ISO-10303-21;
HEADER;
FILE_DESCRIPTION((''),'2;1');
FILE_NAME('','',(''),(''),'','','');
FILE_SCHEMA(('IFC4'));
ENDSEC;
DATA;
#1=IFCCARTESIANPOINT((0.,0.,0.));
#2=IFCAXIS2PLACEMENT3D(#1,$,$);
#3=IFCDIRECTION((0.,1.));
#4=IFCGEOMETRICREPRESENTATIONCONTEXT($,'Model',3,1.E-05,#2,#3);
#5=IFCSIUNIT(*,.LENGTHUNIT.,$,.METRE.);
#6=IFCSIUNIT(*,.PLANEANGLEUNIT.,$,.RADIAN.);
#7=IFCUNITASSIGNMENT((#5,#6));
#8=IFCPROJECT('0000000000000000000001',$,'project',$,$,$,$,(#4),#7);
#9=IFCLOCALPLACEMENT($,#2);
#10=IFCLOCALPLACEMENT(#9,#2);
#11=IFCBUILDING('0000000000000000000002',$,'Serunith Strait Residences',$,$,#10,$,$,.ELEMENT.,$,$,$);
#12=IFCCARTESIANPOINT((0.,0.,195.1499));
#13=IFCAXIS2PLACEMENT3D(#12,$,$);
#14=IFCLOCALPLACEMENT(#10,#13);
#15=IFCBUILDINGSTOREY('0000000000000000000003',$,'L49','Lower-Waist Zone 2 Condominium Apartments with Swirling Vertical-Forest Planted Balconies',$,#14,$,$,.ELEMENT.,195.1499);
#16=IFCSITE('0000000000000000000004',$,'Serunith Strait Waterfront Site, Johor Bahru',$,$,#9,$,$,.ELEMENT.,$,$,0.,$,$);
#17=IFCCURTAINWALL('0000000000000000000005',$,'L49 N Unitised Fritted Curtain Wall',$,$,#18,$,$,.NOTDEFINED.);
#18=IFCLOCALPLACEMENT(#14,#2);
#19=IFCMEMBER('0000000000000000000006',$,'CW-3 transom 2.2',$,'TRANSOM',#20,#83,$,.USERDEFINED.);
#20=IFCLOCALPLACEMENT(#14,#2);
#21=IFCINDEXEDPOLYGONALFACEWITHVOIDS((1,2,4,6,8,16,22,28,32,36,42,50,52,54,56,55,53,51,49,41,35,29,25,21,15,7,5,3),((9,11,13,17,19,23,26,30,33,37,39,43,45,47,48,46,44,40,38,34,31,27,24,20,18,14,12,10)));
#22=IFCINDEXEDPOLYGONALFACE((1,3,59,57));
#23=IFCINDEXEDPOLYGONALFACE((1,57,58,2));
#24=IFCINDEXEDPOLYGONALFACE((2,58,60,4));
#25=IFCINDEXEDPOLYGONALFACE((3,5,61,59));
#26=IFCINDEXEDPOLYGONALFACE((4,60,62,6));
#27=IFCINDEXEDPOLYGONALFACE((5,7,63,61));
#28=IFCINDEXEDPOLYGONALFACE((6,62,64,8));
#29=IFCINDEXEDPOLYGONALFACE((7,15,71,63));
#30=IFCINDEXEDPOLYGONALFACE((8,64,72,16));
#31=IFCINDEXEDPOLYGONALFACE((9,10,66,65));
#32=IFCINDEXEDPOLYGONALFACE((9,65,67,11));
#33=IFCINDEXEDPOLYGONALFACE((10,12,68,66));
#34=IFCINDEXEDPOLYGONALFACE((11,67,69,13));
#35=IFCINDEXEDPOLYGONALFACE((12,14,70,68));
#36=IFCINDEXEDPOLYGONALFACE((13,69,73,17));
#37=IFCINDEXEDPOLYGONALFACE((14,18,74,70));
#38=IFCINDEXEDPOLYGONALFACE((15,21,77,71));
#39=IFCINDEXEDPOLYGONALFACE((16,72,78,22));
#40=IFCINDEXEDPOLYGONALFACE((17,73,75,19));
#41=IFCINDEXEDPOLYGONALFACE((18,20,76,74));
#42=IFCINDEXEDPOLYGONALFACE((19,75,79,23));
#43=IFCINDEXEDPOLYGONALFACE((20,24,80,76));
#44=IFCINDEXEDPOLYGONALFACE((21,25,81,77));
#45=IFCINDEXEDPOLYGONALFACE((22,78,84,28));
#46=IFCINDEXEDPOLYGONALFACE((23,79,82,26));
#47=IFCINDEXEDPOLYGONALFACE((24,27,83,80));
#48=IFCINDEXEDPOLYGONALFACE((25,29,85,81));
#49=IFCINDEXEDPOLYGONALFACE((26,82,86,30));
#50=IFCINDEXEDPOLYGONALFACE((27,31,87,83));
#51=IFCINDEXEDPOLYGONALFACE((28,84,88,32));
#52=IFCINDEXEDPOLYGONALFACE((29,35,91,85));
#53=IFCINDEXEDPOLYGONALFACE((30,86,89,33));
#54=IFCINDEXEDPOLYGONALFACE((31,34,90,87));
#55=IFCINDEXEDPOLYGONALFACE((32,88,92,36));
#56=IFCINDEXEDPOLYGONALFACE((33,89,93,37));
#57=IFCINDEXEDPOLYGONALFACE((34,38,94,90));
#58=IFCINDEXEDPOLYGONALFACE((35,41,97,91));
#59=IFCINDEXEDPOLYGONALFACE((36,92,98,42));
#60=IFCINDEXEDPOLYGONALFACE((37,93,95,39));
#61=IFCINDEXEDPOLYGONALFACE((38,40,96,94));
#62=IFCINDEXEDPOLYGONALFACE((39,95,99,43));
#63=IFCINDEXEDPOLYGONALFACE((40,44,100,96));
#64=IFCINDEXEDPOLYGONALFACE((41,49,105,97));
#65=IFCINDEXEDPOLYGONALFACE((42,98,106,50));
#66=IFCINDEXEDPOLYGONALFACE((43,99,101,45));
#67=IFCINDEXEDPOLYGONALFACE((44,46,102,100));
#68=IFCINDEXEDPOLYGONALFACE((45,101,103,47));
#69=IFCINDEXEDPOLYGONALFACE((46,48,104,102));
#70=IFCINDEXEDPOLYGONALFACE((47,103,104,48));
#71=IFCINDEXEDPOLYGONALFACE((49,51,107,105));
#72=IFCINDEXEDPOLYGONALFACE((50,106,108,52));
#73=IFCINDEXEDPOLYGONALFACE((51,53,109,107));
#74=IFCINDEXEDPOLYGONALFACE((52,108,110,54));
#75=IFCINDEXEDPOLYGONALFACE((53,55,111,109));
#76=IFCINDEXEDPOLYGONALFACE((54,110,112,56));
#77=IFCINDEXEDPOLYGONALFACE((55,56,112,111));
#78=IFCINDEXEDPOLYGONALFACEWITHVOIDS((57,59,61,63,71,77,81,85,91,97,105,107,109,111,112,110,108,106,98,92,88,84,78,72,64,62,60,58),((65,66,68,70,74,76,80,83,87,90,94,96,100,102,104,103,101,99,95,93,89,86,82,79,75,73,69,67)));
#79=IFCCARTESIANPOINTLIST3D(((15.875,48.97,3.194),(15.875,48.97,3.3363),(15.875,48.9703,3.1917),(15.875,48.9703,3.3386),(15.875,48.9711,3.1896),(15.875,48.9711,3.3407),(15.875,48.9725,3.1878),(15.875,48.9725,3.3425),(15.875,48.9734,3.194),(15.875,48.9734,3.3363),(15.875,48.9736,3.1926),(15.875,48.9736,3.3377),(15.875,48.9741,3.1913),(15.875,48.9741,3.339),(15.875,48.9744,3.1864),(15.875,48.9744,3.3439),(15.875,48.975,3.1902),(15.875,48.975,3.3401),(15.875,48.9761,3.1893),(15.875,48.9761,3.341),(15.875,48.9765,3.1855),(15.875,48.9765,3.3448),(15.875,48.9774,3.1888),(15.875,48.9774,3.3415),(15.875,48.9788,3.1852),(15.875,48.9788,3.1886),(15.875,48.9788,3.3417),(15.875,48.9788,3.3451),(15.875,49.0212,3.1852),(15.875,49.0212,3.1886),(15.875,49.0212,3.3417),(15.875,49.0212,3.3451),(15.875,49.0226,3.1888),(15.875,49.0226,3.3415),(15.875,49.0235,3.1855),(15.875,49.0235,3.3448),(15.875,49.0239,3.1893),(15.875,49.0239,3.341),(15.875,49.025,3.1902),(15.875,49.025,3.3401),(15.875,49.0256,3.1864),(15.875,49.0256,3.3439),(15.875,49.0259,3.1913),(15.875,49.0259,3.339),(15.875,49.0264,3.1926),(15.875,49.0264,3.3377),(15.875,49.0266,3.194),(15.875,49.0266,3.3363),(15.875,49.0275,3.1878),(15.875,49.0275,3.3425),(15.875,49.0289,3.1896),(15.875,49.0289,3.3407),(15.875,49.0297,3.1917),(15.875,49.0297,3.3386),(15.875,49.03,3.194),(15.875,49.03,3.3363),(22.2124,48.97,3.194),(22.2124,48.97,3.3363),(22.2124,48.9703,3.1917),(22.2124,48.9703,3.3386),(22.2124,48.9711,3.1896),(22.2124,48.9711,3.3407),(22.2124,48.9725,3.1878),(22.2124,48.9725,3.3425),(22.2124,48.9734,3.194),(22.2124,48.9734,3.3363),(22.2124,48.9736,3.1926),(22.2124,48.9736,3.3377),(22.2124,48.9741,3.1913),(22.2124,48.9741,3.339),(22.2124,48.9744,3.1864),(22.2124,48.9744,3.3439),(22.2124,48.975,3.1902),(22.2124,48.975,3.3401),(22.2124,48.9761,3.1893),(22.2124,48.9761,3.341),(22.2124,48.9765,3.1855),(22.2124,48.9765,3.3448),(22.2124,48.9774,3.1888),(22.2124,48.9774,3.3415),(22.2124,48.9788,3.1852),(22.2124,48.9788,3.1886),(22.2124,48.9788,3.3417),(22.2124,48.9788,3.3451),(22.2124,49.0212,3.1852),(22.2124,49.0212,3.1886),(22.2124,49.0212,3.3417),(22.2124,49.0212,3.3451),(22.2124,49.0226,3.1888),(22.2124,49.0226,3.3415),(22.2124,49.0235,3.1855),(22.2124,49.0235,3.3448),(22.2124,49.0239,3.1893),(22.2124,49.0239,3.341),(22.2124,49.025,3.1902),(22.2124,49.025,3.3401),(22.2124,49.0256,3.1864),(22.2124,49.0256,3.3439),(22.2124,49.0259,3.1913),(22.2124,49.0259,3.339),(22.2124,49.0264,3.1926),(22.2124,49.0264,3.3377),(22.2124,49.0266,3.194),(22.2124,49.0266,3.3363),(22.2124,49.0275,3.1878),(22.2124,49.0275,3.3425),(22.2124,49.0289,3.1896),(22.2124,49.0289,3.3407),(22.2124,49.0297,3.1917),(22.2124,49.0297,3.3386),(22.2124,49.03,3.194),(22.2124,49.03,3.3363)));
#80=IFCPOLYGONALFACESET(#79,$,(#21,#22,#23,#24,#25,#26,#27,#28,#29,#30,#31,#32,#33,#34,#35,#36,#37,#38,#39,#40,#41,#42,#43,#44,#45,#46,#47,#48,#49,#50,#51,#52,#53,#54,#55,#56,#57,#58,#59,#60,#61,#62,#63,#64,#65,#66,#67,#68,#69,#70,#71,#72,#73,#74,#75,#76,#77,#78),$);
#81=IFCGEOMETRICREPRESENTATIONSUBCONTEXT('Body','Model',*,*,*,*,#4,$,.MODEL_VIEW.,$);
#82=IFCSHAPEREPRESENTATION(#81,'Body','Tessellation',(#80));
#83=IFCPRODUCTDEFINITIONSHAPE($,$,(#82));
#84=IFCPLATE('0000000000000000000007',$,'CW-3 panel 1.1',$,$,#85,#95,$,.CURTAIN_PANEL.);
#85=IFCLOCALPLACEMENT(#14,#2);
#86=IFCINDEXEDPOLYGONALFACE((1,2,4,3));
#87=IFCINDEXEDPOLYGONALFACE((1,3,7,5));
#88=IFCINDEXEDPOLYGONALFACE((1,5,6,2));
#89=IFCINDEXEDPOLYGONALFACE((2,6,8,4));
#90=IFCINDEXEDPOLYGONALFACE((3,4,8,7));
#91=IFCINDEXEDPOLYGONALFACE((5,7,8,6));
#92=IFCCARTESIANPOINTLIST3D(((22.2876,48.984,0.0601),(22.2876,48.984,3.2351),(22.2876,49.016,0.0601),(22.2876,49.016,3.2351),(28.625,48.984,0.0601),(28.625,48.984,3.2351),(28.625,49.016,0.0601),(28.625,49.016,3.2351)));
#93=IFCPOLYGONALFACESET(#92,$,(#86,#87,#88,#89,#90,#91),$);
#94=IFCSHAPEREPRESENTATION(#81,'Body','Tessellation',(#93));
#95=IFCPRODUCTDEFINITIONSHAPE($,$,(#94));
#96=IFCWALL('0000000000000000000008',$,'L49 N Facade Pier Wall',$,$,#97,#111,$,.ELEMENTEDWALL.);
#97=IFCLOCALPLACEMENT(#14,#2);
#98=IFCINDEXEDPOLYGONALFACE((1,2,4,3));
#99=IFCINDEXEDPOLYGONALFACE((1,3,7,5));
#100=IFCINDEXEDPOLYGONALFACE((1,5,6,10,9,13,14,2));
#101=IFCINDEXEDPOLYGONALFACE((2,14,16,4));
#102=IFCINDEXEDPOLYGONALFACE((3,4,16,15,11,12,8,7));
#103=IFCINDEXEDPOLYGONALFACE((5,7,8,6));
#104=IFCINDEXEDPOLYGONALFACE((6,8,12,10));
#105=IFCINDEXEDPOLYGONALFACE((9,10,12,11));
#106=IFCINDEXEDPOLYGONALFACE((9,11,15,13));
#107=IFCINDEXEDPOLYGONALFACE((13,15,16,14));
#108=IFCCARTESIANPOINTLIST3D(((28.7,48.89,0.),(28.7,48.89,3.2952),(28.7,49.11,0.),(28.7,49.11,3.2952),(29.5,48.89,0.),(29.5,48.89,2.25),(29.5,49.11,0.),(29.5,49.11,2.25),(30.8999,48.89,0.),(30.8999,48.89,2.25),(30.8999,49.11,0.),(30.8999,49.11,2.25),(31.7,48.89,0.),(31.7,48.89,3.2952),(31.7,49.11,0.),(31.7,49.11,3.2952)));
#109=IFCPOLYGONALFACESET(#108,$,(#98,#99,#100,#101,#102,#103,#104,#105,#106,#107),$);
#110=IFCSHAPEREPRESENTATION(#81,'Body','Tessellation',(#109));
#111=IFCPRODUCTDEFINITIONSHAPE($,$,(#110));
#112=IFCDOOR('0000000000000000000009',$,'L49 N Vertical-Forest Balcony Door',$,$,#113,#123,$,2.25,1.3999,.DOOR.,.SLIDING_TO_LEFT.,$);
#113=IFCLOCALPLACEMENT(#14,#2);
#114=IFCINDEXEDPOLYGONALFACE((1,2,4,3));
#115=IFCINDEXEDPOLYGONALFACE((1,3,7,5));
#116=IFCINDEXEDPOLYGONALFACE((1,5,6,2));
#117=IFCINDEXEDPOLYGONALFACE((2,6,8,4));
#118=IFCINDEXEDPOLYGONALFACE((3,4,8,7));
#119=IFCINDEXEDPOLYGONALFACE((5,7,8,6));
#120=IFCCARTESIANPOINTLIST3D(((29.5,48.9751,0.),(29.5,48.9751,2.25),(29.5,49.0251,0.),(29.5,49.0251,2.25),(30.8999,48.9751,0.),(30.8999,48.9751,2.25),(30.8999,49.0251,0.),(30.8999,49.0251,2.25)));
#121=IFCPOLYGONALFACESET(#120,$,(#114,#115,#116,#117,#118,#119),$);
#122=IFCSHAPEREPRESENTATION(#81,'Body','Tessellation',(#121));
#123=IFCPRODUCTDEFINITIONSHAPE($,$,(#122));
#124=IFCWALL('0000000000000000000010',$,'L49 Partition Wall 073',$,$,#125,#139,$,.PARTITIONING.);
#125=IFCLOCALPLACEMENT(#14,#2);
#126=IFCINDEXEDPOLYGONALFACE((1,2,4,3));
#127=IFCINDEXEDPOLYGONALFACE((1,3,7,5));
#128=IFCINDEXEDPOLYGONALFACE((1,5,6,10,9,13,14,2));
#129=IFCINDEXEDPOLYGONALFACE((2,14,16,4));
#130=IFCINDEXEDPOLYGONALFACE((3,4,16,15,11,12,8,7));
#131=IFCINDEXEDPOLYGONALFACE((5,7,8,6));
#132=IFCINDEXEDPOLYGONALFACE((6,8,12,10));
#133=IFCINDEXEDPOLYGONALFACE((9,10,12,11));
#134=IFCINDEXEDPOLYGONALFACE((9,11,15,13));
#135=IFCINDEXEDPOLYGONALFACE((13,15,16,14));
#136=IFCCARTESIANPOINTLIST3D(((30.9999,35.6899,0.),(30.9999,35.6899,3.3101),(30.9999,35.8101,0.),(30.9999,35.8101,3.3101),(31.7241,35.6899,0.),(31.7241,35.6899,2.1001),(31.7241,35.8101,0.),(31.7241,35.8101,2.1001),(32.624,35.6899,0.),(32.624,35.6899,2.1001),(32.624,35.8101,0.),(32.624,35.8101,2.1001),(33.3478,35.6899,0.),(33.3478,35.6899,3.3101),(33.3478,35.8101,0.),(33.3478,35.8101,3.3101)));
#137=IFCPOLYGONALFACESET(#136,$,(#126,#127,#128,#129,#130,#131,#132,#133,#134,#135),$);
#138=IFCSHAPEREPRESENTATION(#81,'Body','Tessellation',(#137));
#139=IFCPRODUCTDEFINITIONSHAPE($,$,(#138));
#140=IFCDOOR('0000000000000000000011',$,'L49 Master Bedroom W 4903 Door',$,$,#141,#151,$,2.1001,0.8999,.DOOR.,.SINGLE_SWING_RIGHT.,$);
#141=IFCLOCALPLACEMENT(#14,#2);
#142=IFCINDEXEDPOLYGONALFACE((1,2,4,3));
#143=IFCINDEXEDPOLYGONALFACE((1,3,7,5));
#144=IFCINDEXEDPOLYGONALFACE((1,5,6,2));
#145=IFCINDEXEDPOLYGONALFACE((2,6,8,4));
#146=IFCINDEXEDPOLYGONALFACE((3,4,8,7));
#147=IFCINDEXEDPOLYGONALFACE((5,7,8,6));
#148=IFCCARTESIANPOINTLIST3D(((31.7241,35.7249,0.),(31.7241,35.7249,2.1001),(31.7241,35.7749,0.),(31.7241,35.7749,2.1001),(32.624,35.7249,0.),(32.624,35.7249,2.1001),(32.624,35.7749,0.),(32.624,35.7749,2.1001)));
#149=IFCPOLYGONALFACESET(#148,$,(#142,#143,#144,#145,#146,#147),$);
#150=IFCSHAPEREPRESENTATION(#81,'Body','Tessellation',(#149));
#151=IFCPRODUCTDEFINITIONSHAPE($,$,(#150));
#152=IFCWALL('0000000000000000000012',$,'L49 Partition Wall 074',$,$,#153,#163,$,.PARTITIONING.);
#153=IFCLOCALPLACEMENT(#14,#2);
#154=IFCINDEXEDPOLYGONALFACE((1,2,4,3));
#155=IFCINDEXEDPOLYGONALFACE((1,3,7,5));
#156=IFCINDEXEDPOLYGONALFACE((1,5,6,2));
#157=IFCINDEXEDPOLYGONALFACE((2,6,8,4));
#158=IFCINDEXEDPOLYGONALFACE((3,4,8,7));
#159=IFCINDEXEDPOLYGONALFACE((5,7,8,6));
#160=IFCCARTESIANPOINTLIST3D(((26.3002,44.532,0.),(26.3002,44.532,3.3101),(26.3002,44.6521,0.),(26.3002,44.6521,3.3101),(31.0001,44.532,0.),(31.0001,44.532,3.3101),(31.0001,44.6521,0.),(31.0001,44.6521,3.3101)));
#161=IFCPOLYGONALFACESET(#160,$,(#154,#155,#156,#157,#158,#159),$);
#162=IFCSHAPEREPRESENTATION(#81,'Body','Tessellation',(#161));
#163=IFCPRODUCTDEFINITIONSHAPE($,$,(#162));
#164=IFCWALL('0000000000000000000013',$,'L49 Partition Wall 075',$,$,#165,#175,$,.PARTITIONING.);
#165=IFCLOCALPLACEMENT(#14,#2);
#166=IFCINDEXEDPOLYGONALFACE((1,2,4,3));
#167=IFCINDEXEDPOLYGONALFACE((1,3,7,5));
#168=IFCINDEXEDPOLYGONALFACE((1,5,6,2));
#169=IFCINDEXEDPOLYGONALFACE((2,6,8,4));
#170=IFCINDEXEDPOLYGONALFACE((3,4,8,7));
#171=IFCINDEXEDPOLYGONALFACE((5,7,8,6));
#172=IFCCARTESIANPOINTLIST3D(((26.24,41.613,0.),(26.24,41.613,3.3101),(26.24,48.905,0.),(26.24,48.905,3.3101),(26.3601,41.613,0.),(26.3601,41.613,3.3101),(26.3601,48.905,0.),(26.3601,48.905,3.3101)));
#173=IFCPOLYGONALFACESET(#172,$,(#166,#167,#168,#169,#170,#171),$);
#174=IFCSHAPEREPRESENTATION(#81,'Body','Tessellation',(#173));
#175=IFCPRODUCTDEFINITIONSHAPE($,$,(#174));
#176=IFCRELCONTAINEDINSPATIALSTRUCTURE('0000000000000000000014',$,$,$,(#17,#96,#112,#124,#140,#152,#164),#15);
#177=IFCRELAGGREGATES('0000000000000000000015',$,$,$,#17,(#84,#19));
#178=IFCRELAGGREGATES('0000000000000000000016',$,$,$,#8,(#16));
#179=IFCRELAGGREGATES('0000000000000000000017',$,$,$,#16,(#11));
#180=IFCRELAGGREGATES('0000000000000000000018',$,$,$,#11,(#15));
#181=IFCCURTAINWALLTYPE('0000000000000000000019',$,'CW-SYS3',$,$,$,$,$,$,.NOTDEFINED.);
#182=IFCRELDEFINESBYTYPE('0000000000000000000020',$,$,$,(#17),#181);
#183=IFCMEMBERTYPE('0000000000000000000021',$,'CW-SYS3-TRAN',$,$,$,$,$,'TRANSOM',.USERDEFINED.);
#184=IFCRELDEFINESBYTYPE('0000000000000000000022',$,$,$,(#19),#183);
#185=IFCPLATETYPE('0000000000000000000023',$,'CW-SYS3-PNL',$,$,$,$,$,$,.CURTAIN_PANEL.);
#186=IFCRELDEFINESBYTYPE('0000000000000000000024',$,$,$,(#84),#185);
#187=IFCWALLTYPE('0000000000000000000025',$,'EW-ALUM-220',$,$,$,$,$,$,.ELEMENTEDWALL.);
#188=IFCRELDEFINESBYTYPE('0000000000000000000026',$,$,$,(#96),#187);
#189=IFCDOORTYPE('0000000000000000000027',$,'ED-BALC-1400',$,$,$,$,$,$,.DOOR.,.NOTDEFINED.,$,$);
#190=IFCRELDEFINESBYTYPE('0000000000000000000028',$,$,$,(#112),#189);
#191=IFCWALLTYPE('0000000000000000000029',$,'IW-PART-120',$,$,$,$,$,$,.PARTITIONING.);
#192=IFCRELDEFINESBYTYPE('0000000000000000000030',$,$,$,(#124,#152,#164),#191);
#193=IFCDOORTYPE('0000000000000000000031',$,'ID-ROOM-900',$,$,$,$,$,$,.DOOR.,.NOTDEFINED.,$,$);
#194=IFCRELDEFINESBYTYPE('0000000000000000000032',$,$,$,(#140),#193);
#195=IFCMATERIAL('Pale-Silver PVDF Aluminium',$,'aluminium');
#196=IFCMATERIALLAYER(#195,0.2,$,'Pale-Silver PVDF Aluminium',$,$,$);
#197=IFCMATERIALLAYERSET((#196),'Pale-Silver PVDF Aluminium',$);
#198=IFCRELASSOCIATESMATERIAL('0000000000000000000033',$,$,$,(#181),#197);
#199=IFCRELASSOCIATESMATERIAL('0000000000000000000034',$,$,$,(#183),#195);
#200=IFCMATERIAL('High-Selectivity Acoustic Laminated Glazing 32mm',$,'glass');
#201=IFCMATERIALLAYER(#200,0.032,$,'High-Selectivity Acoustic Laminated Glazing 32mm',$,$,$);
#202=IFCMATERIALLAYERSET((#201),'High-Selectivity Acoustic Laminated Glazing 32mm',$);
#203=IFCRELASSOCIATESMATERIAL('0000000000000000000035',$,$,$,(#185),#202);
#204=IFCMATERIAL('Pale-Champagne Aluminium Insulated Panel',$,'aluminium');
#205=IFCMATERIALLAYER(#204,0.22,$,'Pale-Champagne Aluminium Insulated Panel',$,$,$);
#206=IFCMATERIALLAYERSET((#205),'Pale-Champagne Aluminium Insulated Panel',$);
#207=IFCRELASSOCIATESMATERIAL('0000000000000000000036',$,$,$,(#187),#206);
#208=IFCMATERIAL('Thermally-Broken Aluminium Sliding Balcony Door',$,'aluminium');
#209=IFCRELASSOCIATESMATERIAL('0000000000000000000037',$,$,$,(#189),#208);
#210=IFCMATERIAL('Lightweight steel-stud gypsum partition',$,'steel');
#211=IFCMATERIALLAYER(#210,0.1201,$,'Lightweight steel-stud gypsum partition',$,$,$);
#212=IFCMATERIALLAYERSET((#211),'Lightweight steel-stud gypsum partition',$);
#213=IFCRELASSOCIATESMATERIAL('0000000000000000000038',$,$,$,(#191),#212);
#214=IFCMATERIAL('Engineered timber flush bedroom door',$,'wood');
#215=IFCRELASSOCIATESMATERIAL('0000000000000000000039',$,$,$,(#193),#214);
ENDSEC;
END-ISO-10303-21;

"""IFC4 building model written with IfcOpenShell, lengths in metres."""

from ifc_helpers import new_model, si_unit, direction, frame, frame_2d, origin, origin_2d, place, context, subcontext, project, spatial, rectangle, hollow_rectangle, extrude, source, transform, mapped, material, layer, layer_set, material_profile, profile_set, type_object, element, fill, aggregate, save


model = new_model("IFC4")

# Units and contexts
model_context = context("Model", 3, precision=1e-05, world=origin(), true_north=direction((0.0, 1.0)))
body_context = subcontext(model_context, "Body", "Model", "MODEL_VIEW")
ifc_project = project(units=[si_unit("LENGTHUNIT", "METRE"), si_unit("PLANEANGLEUNIT", "RADIAN")], contexts=[model_context])

# Site, building, storey
site_placement = place(None, origin())
site = spatial("IfcSite", under=ifc_project, at=site_placement, Name="Serunith Strait Waterfront Site, Johor Bahru", CompositionType="ELEMENT", RefElevation=0.0)
building_placement = place(site_placement, origin())
building = spatial("IfcBuilding", under=site, at=building_placement, Name="Serunith Strait Residences", CompositionType="ELEMENT")
storey_placement = place(building_placement, frame((0.0, 0.0, 195.1499)))
storey = spatial("IfcBuildingStorey", under=building, at=storey_placement, Name="L49", Description="Lower-Waist Zone 2 Condominium Apartments with Swirling Vertical-Forest Planted Balconies", CompositionType="ELEMENT", Elevation=195.1499)

# Shared definitions
ifc_material_1 = material(Name="Pale-Silver PVDF Aluminium", Category="aluminium")
ifc_layer_1 = layer(ifc_material_1, 0.2, Name="Pale-Silver PVDF Aluminium")
ifc_layer_set_1 = layer_set([ifc_layer_1], Name="Pale-Silver PVDF Aluminium")
curtain_wall_type = type_object("IfcCurtainWallType", Name="CW-SYS3", PredefinedType="NOTDEFINED", material=ifc_layer_set_1)

# Curtain wall, member, plate
curtain_wall_1_placement = place(storey_placement, origin())
curtain_wall_1 = element("IfcCurtainWall", 1, at=curtain_wall_1_placement, inside=storey, type_object=curtain_wall_type, Name="L49 N Unitised Fritted Curtain Wall", PredefinedType="NOTDEFINED")
ifc_material_profile_1 = material_profile(ifc_material_1, hollow_rectangle(XDim=0.0601, YDim=0.1599, WallThickness=0.0034, InnerFilletRadius=0.0054, OuterFilletRadius=0.0088, at=origin_2d()), Name="ALU 160x60x3.5")
ifc_profile_set_1 = profile_set([ifc_material_profile_1], Name="Pale-Silver PVDF Aluminium")
member_type_1 = type_object("IfcMemberType", Name="CW-SYS3-TRAN", ElementType="TRANSOM", PredefinedType="USERDEFINED", material=ifc_profile_set_1)
shared_shape_1 = source(origin(), body_context, "Body", "SweptSolid", [
    extrude(hollow_rectangle(XDim=0.0601, YDim=0.1599, WallThickness=0.0034, InnerFilletRadius=0.0054, OuterFilletRadius=0.0088, at=origin_2d()), origin(), (0.0, 0.0, 1.0), 6.3374),
])
member_1_placement = place(storey_placement, frame((22.2124, 49.0, 3.2651), z_axis=(-1.0, 0.0, 0.0), x_axis=(0.0, -1.0, 0.0)))
member_1 = element("IfcMember", 2, at=member_1_placement, type_object=member_type_1, Name="CW-3 transom 2.2", ObjectType="TRANSOM", PredefinedType="USERDEFINED", context=body_context, shape_type="MappedRepresentation", body=[
    mapped(shared_shape_1, transform((0.0, 0.0, 0.0), scale=1.0)),
])
ifc_material_2 = material(Name="High-Selectivity Acoustic Laminated Glazing 32mm", Category="glass")
ifc_layer_2 = layer(ifc_material_2, 0.032, Name="High-Selectivity Acoustic Laminated Glazing 32mm")
ifc_layer_set_2 = layer_set([ifc_layer_2], Name="High-Selectivity Acoustic Laminated Glazing 32mm")
plate_type = type_object("IfcPlateType", Name="CW-SYS3-PNL", PredefinedType="CURTAIN_PANEL", material=ifc_layer_set_2)
shared_shape_2 = source(origin(), body_context, "Body", "SweptSolid", [
    extrude(rectangle(XDim=6.3374, YDim=0.032, at=origin_2d()), origin(), (0.0, 0.0, 1.0), 3.175),
])
plate_placement = place(storey_placement, frame((25.4563, 49.0, 0.0601), z_axis=(0.0, 0.0, 1.0), x_axis=(-1.0, 0.0, 0.0)))
plate = element("IfcPlate", 3, at=plate_placement, type_object=plate_type, Name="CW-3 panel 1.1", PredefinedType="CURTAIN_PANEL", context=body_context, shape_type="MappedRepresentation", body=[
    mapped(shared_shape_2, transform((0.0, 0.0, 0.0), scale=1.0)),
])
aggregate(curtain_wall_1, [plate, member_1])

# Walls, openings, doors
ifc_material_3 = material(Name="Pale-Champagne Aluminium Insulated Panel", Category="aluminium")
ifc_layer_3 = layer(ifc_material_3, 0.22, Name="Pale-Champagne Aluminium Insulated Panel")
ifc_layer_set_3 = layer_set([ifc_layer_3], Name="Pale-Champagne Aluminium Insulated Panel")
wall_type_1 = type_object("IfcWallType", Name="EW-ALUM-220", PredefinedType="ELEMENTEDWALL", material=ifc_layer_set_3)
wall_1_placement = place(storey_placement, frame((31.7, 49.0, 0.0), z_axis=(0.0, 0.0, 1.0), x_axis=(-1.0, 0.0, 0.0)))
wall_1 = element("IfcWall", 4, at=wall_1_placement, inside=storey, type_object=wall_type_1, Name="L49 N Facade Pier Wall", PredefinedType="ELEMENTEDWALL", context=body_context, shape_type="SweptSolid", body=[
    extrude(rectangle(XDim=3.0, YDim=0.22, at=frame_2d((1.5, 0.0))), origin(), (0.0, 0.0, 1.0), 3.2952),
])
opening_1_placement = place(wall_1_placement, frame((0.8, 0.0, 0.0)))
opening_1 = element("IfcOpeningElement", 5, at=opening_1_placement, cuts=wall_1, PredefinedType="OPENING", context=body_context, shape_type="SweptSolid", body=[
    extrude(rectangle(XDim=1.3999, YDim=2.25, at=frame_2d((0.7, 1.125))), frame((0.0, 0.1201, 0.0), z_axis=(0.0, -1.0, 0.0), x_axis=(1.0, 0.0, 0.0)), (0.0, 0.0, 1.0), 0.24),
])
ifc_material_4 = material(Name="Thermally-Broken Aluminium Sliding Balcony Door", Category="aluminium")
door_type_1 = type_object("IfcDoorType", Name="ED-BALC-1400", OperationType="NOTDEFINED", PredefinedType="DOOR", material=ifc_material_4)
shared_shape_3 = source(origin(), body_context, "Body", "SweptSolid", [
    extrude(rectangle(XDim=1.3999, YDim=2.25, at=frame_2d((0.7, 1.125))), frame((0.0, 0.0249, 0.0), z_axis=(0.0, -1.0, 0.0), x_axis=(1.0, 0.0, 0.0)), (0.0, 0.0, 1.0), 0.05),
])
door_1_placement = place(opening_1_placement, origin())
door_1 = element("IfcDoor", 6, at=door_1_placement, inside=storey, type_object=door_type_1, Name="L49 N Vertical-Forest Balcony Door", OperationType="SLIDING_TO_LEFT", OverallHeight=2.25, OverallWidth=1.3999, PredefinedType="DOOR", context=body_context, shape_type="MappedRepresentation", body=[
    mapped(shared_shape_3, transform((0.0, 0.0, 0.0), scale=1.0)),
])
fill(opening_1, door_1)
ifc_material_5 = material(Name="Lightweight steel-stud gypsum partition", Category="steel")
ifc_layer_4 = layer(ifc_material_5, 0.1201, Name="Lightweight steel-stud gypsum partition")
ifc_layer_set_4 = layer_set([ifc_layer_4], Name="Lightweight steel-stud gypsum partition")
wall_type_2 = type_object("IfcWallType", Name="IW-PART-120", PredefinedType="PARTITIONING", material=ifc_layer_set_4)
wall_2_placement = place(storey_placement, frame((31.0, 35.75, 0.0), z_axis=(0.0, 0.0, 1.0), x_axis=(1.0, 0.0, 0.0)))
wall_2 = element("IfcWall", 7, at=wall_2_placement, inside=storey, type_object=wall_type_2, Name="L49 Partition Wall 073", PredefinedType="PARTITIONING", context=body_context, shape_type="SweptSolid", body=[
    extrude(rectangle(XDim=2.3479, YDim=0.1201, at=frame_2d((1.1738, 0.0))), origin(), (0.0, 0.0, 1.0), 3.3101),
])
opening_2_placement = place(wall_2_placement, frame((0.7241, 0.0, 0.0)))
opening_2 = element("IfcOpeningElement", 8, at=opening_2_placement, cuts=wall_2, PredefinedType="OPENING", context=body_context, shape_type="SweptSolid", body=[
    extrude(rectangle(XDim=0.8999, YDim=2.1001, at=frame_2d((0.45, 1.05))), frame((0.0, 0.0701, 0.0), z_axis=(0.0, -1.0, 0.0), x_axis=(1.0, 0.0, 0.0)), (0.0, 0.0, 1.0), 0.1401),
])
ifc_material_6 = material(Name="Engineered timber flush bedroom door", Category="wood")
door_type_2 = type_object("IfcDoorType", Name="ID-ROOM-900", OperationType="NOTDEFINED", PredefinedType="DOOR", material=ifc_material_6)
shared_shape_4 = source(origin(), body_context, "Body", "SweptSolid", [
    extrude(rectangle(XDim=0.8999, YDim=2.1001, at=frame_2d((0.45, 1.05))), frame((0.0, 0.0249, 0.0), z_axis=(0.0, -1.0, 0.0), x_axis=(1.0, 0.0, 0.0)), (0.0, 0.0, 1.0), 0.05),
])
door_2_placement = place(opening_2_placement, origin())
door_2 = element("IfcDoor", 9, at=door_2_placement, inside=storey, type_object=door_type_2, Name="L49 Master Bedroom W 4903 Door", OperationType="SINGLE_SWING_RIGHT", OverallHeight=2.1001, OverallWidth=0.8999, PredefinedType="DOOR", context=body_context, shape_type="MappedRepresentation", body=[
    mapped(shared_shape_4, transform((0.0, 0.0, 0.0), scale=1.0)),
])
fill(opening_2, door_2)

# Walls
wall_3_placement = place(storey_placement, frame((26.3, 44.592, 0.0), z_axis=(0.0, 0.0, 1.0), x_axis=(1.0, 0.0, 0.0)))
element("IfcWall", 10, at=wall_3_placement, inside=storey, type_object=wall_type_2, Name="L49 Partition Wall 074", PredefinedType="PARTITIONING", context=body_context, shape_type="SweptSolid", body=[
    extrude(rectangle(XDim=4.7, YDim=0.1201, at=frame_2d((2.3501, 0.0))), origin(), (0.0, 0.0, 1.0), 3.3101),
])
wall_4_placement = place(storey_placement, frame((26.3, 48.905, 0.0), z_axis=(0.0, 0.0, 1.0), x_axis=(0.0, -1.0, 0.0)))
element("IfcWall", 11, at=wall_4_placement, inside=storey, type_object=wall_type_2, Name="L49 Partition Wall 075", PredefinedType="PARTITIONING", context=body_context, shape_type="SweptSolid", body=[
    extrude(rectangle(XDim=7.292, YDim=0.1201, at=frame_2d((3.646, 0.0))), origin(), (0.0, 0.0, 1.0), 3.3101),
])

save(model, "model.ifc")
